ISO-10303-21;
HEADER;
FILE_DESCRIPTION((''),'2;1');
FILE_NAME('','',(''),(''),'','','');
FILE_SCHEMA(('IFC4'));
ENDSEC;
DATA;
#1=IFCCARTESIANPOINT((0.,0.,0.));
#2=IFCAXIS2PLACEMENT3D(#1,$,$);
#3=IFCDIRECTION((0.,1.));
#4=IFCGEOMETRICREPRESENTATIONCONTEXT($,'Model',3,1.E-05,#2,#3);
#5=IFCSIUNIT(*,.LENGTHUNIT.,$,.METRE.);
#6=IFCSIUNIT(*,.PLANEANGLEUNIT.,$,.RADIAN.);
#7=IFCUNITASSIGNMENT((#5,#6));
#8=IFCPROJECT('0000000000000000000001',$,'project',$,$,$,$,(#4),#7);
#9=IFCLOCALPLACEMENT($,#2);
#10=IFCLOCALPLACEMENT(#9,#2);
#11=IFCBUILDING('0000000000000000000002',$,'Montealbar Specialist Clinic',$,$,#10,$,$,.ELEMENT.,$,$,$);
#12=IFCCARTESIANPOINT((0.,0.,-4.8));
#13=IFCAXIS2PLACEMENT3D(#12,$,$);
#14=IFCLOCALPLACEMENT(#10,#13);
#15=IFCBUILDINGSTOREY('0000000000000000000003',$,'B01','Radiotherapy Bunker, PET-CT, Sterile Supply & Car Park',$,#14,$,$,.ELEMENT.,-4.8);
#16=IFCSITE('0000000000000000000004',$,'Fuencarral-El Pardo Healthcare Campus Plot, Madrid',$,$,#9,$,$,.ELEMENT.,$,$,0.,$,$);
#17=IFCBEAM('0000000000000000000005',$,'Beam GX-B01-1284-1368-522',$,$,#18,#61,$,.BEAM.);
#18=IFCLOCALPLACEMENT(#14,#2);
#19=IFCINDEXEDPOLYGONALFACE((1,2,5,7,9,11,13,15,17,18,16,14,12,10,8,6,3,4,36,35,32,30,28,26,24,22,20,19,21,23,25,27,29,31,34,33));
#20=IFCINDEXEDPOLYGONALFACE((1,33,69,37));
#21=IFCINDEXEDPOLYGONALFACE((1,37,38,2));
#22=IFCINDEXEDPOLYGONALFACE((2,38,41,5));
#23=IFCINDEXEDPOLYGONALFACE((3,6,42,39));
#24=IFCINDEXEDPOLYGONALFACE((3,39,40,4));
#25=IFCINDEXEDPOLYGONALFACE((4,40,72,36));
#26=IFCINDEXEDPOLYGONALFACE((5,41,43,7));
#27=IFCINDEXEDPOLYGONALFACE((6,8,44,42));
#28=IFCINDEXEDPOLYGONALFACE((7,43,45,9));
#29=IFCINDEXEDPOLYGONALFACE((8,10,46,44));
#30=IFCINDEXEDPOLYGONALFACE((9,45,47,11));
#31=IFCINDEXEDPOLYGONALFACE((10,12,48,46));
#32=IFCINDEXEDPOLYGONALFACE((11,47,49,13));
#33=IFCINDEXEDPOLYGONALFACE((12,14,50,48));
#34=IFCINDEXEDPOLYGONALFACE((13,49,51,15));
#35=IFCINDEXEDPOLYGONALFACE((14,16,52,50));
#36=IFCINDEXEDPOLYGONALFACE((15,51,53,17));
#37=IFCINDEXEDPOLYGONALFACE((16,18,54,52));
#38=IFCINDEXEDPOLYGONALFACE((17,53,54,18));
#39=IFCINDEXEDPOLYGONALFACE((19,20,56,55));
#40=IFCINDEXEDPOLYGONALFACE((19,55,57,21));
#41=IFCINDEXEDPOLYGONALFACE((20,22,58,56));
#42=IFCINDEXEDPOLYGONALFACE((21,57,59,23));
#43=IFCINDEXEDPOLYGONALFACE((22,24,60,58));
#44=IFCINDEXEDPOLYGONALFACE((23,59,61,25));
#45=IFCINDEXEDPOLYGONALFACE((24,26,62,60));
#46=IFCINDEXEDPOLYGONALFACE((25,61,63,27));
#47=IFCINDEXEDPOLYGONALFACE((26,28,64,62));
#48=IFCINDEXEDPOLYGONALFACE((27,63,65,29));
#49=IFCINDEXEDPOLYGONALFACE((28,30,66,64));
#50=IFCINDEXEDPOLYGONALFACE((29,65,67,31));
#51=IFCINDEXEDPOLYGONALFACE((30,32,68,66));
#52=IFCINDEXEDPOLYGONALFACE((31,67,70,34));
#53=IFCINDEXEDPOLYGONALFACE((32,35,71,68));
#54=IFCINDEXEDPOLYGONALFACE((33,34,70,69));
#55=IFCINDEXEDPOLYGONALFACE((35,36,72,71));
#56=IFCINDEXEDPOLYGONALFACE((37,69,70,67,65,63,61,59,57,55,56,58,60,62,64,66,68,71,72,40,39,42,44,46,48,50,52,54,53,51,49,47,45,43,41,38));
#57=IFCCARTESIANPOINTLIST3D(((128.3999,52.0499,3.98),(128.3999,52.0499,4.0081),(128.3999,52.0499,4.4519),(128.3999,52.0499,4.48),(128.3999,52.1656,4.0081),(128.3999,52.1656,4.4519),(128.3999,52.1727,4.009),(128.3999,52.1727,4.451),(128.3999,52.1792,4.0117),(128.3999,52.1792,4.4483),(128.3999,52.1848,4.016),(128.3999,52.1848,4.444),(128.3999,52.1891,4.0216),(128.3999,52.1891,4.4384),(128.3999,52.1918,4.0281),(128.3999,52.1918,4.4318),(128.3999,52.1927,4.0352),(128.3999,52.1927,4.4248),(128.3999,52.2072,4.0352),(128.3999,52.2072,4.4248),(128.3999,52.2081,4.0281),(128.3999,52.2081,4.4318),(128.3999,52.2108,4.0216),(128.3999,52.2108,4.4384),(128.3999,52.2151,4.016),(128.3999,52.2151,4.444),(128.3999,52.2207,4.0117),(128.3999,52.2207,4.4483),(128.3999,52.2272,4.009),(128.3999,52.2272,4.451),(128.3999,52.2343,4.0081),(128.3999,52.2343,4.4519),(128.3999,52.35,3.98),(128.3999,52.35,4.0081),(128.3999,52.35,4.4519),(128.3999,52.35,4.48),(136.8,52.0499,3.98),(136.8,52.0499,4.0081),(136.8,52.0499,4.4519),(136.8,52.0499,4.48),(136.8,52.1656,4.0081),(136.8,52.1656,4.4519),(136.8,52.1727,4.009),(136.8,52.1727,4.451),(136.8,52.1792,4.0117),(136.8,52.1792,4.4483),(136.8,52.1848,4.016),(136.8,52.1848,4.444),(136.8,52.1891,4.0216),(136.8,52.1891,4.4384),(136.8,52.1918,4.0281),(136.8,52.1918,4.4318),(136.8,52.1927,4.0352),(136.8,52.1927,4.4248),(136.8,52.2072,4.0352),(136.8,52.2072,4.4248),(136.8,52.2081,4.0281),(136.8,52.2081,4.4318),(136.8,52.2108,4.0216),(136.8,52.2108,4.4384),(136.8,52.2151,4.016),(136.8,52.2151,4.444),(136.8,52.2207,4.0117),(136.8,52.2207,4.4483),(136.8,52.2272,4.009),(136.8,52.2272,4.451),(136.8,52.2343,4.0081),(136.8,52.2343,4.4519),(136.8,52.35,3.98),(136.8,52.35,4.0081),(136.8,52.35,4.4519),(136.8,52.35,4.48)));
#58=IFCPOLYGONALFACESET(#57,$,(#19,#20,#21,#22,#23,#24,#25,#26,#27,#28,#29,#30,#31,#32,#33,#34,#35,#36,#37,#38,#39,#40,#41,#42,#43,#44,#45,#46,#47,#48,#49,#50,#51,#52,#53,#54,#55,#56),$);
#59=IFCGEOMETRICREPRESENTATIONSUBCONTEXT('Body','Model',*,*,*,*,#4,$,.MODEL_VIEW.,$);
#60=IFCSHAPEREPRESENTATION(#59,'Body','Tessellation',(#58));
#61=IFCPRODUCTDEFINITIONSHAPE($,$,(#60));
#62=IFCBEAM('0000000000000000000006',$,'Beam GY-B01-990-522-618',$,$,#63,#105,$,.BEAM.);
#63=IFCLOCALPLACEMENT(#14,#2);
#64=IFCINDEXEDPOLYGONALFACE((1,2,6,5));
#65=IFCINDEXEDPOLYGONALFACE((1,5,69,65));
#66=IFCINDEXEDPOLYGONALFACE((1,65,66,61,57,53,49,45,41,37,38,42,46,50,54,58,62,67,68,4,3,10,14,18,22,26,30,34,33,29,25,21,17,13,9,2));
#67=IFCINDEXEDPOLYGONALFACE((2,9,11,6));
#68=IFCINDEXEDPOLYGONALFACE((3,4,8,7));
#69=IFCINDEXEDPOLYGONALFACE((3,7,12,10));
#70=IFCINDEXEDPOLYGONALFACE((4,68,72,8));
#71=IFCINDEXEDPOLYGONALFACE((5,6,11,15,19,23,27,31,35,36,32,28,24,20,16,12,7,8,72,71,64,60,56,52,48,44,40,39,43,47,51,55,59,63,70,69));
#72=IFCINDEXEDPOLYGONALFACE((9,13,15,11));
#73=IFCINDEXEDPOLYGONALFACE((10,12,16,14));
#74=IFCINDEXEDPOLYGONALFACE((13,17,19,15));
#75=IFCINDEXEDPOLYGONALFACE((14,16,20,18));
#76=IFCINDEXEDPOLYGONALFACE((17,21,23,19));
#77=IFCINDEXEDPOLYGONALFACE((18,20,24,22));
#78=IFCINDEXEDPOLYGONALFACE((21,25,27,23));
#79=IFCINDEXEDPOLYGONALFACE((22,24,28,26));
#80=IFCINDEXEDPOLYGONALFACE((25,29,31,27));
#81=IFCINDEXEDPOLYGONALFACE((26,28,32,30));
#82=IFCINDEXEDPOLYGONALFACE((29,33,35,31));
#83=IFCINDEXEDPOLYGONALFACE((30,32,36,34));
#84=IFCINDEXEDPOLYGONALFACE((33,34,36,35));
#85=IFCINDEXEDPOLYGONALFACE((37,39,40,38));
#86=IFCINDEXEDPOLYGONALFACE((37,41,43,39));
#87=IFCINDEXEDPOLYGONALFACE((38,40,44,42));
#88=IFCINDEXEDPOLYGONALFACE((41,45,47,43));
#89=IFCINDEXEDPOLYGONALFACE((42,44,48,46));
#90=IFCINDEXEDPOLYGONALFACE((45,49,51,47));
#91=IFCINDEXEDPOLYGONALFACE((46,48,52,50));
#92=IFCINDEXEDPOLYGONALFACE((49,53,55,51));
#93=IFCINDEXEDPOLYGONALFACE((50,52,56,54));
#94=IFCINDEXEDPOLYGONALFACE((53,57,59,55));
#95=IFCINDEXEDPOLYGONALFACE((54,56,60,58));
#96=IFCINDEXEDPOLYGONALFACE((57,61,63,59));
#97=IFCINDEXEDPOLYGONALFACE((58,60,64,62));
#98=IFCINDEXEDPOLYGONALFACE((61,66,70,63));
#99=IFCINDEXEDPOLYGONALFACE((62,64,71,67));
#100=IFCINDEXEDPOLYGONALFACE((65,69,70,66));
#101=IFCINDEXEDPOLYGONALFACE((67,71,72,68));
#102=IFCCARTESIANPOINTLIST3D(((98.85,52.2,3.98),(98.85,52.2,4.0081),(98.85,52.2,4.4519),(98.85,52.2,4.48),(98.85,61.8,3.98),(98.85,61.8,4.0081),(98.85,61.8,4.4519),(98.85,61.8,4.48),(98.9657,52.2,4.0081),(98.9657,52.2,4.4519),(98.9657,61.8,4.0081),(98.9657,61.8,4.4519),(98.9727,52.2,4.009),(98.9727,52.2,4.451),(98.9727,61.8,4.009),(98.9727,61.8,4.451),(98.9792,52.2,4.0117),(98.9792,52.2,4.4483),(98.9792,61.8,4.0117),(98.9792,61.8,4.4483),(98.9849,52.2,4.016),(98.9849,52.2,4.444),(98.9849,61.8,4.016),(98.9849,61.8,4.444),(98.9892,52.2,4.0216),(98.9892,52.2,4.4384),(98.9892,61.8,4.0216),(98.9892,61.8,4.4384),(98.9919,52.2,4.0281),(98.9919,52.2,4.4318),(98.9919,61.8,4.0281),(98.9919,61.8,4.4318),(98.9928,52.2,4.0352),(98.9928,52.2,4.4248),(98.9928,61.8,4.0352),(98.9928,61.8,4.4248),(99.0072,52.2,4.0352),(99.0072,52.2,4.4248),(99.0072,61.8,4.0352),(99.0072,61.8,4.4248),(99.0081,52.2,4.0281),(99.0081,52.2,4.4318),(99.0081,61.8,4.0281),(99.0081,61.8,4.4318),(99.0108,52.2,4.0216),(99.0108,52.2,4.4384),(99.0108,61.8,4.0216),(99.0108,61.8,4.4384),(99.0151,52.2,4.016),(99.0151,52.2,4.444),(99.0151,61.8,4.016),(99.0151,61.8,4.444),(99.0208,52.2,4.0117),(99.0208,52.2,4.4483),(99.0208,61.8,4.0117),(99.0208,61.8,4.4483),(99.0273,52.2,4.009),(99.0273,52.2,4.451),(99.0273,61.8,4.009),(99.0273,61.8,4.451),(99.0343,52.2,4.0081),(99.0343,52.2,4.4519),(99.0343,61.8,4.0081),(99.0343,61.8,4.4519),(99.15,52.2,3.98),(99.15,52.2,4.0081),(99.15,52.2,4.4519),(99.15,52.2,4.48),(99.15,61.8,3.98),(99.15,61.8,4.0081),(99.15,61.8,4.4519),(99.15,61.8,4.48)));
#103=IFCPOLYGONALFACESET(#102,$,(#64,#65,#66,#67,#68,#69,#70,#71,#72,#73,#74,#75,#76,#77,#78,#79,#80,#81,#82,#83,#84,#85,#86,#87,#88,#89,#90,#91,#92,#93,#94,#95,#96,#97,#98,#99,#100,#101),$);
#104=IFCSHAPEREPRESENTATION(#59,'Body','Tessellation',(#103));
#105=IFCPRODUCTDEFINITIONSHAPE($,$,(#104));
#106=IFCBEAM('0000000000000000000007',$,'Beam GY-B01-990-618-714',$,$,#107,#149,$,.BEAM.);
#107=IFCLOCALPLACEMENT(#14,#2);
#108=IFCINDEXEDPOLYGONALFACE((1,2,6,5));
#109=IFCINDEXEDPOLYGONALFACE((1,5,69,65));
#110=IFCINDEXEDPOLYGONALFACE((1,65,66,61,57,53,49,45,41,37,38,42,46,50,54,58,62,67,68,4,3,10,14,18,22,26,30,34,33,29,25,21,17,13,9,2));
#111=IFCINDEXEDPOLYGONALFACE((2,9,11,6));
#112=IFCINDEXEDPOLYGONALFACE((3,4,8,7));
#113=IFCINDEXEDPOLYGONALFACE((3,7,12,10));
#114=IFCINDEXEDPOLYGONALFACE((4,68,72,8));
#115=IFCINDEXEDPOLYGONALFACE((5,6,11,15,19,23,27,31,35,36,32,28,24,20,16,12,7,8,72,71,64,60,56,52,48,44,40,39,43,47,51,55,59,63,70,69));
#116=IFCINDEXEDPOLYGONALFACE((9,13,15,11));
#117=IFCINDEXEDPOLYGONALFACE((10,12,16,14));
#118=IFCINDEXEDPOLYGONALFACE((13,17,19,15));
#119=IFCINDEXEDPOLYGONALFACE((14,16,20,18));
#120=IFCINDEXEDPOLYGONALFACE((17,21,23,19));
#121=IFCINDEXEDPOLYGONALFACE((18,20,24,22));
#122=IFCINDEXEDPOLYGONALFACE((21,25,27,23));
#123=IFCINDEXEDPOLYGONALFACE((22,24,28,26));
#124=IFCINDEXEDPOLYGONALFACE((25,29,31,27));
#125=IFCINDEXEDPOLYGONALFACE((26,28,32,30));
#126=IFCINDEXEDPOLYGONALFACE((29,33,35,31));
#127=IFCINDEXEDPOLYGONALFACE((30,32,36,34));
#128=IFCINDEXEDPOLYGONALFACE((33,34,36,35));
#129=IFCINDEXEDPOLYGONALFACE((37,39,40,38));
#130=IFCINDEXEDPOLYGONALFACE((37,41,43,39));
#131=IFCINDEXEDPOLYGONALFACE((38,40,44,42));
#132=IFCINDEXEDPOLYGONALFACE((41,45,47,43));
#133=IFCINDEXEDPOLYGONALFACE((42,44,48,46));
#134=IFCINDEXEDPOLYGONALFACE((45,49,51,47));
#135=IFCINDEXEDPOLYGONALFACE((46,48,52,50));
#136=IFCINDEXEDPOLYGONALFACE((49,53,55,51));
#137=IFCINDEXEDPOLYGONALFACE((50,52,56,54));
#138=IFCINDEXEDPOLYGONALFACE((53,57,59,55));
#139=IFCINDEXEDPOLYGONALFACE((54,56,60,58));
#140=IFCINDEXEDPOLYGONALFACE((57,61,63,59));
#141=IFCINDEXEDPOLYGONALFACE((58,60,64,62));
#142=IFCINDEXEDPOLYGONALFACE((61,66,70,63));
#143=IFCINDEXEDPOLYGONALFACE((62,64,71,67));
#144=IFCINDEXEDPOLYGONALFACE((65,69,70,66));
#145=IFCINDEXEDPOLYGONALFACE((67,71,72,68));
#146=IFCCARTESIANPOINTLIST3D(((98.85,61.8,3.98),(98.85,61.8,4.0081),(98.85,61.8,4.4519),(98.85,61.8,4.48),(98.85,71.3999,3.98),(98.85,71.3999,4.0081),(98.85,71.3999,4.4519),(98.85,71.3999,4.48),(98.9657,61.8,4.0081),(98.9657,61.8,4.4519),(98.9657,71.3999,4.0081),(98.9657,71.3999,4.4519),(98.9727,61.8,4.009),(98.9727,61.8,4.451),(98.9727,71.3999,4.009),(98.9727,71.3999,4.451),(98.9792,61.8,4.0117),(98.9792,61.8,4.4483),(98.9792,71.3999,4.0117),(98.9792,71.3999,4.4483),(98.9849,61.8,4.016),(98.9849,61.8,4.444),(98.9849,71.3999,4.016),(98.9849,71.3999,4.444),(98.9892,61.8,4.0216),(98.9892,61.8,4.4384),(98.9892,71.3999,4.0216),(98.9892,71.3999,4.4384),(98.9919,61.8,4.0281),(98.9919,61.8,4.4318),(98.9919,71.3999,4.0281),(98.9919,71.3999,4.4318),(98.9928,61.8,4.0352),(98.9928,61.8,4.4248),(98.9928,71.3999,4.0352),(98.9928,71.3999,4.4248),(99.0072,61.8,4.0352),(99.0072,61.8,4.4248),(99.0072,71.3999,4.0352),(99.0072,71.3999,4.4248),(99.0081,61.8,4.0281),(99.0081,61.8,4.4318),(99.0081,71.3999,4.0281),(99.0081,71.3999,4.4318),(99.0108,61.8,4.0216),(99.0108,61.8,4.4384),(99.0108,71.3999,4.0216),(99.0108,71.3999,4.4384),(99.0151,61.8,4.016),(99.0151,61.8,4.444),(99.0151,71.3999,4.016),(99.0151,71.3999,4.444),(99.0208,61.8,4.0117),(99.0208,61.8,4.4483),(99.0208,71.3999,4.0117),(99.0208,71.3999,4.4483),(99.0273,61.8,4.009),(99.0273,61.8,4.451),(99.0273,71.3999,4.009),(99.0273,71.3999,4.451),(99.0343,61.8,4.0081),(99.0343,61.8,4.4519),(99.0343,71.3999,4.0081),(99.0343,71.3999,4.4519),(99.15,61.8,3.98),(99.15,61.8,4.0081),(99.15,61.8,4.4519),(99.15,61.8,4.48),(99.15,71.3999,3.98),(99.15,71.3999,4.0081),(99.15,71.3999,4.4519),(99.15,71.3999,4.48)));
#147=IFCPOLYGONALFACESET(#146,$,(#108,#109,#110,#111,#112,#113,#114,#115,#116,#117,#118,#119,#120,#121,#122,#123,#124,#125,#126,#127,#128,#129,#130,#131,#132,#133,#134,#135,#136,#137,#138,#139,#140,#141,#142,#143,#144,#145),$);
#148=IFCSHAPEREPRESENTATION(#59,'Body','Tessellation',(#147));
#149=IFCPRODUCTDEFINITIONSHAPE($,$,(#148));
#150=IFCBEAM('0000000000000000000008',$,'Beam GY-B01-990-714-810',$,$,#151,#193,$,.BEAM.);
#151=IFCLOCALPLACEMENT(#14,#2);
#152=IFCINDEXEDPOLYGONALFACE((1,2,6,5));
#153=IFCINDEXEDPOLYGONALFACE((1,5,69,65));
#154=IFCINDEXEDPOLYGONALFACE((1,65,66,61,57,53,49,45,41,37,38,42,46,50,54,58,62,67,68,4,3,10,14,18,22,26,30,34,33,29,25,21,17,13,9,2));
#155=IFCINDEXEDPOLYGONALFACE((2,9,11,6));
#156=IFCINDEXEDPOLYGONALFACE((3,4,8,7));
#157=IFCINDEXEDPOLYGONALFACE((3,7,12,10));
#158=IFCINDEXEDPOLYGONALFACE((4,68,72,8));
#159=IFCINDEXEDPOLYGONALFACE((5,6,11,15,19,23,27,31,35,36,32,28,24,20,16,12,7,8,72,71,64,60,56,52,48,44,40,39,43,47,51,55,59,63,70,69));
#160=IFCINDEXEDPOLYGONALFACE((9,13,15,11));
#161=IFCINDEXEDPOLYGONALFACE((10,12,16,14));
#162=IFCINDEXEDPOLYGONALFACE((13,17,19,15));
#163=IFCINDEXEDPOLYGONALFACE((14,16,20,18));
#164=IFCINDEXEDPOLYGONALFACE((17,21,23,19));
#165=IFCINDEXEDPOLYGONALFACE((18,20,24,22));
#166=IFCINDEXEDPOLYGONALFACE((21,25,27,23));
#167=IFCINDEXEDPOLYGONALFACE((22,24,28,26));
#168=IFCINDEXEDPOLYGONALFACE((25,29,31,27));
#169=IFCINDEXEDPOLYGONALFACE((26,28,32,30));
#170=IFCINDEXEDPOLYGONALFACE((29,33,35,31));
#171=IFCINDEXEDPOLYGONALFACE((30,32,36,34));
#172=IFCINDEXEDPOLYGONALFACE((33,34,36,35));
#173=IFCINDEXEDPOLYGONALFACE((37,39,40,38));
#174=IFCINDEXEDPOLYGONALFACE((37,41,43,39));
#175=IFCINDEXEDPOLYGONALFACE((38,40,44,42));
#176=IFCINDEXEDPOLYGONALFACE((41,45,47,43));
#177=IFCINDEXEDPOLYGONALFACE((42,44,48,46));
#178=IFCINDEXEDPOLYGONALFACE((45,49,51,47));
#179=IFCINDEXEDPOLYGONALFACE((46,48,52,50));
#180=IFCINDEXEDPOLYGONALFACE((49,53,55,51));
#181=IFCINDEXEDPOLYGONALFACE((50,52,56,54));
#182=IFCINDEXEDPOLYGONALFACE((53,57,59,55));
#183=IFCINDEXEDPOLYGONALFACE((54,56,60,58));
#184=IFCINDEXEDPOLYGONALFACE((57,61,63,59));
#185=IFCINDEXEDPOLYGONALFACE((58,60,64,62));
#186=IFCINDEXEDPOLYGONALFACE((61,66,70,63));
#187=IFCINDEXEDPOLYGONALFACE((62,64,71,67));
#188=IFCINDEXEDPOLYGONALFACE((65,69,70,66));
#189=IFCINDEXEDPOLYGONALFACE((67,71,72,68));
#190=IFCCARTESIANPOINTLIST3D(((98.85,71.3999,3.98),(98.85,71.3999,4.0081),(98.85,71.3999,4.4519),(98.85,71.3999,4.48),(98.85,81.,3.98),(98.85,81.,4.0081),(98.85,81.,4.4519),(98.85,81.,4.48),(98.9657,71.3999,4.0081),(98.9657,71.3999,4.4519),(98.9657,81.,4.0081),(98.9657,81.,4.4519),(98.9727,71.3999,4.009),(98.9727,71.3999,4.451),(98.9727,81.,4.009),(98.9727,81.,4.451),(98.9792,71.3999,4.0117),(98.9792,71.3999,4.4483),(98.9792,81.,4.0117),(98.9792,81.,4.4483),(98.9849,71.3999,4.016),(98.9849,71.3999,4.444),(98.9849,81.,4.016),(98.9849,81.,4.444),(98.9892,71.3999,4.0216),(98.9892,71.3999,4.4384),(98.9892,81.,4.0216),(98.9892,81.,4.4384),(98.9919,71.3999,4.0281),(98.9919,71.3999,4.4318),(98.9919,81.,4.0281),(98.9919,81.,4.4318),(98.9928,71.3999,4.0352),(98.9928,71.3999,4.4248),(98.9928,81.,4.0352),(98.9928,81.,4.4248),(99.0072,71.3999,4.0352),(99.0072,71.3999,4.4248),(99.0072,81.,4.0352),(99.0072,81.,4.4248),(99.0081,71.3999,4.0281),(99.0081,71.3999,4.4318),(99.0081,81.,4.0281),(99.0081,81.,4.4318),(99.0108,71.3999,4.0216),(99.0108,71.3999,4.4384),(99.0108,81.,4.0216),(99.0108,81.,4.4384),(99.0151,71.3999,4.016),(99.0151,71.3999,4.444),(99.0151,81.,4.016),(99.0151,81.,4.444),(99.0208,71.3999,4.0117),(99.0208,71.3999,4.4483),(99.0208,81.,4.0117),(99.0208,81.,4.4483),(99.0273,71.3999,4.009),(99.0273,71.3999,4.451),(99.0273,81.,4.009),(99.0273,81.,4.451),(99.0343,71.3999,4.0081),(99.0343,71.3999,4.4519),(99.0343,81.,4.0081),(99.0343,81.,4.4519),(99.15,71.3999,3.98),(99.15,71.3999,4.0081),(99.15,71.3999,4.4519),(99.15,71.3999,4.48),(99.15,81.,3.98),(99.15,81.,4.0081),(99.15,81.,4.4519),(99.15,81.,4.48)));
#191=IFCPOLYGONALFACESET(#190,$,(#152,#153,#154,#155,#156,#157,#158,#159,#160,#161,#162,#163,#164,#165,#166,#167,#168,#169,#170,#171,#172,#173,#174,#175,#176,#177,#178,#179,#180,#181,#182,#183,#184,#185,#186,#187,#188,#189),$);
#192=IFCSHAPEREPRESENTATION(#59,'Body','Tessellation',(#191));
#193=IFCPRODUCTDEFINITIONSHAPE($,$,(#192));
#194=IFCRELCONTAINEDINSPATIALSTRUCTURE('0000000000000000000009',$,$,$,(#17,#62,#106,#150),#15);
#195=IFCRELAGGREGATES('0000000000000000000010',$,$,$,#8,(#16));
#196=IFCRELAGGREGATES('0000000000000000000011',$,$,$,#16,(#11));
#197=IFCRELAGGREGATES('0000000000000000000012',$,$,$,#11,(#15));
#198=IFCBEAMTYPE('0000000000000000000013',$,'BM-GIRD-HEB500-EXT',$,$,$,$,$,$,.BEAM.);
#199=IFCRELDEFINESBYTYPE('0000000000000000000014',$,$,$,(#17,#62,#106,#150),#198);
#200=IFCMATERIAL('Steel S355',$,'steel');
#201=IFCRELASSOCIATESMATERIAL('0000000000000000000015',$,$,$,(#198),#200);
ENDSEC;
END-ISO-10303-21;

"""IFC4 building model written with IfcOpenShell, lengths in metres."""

from ifc_helpers import new_model, si_unit, direction, frame, origin, origin_2d, place, context, subcontext, project, spatial, i_section, extrude, material, material_profile, profile_set, type_object, element, save


model = new_model("IFC4")

# Units and contexts
model_context = context("Model", 3, precision=1e-05, world=origin(), true_north=direction((0.0, 1.0)))
body_context = subcontext(model_context, "Body", "Model", "MODEL_VIEW")
ifc_project = project(units=[si_unit("LENGTHUNIT", "METRE"), si_unit("PLANEANGLEUNIT", "RADIAN")], contexts=[model_context])

# Site, building, storey
site_placement = place(None, origin())
site = spatial("IfcSite", under=ifc_project, at=site_placement, Name="Fuencarral-El Pardo Healthcare Campus Plot, Madrid", CompositionType="ELEMENT", RefElevation=0.0)
building_placement = place(site_placement, origin())
building = spatial("IfcBuilding", under=site, at=building_placement, Name="Montealbar Specialist Clinic", CompositionType="ELEMENT")
storey_placement = place(building_placement, frame((0.0, 0.0, -4.8)))
storey = spatial("IfcBuildingStorey", under=building, at=storey_placement, Name="B01", Description="Radiotherapy Bunker, PET-CT, Sterile Supply & Car Park", CompositionType="ELEMENT", Elevation=-4.8)

# Shared definitions
ifc_material_1 = material(Name="Steel S355", Category="steel")

# Beams
ifc_material_profile_1 = material_profile(ifc_material_1, i_section(OverallWidth=0.3, OverallDepth=0.5, WebThickness=0.0144, FlangeThickness=0.0281, FilletRadius=0.0271, at=origin_2d()), Name="HEB 500", Category="steel")
ifc_profile_set_1 = profile_set([ifc_material_profile_1], Name="Steel S355")
beam_type_1 = type_object("IfcBeamType", Name="BM-GIRD-HEB500-EXT", PredefinedType="BEAM", material=ifc_profile_set_1)
beam_1_placement = place(storey_placement, frame((128.3999, 52.2, 4.23), z_axis=(1.0, 0.0, 0.0), x_axis=(0.0, 1.0, 0.0)))
element("IfcBeam", 1, at=beam_1_placement, inside=storey, type_object=beam_type_1, Name="Beam GX-B01-1284-1368-522", PredefinedType="BEAM", context=body_context, shape_type="SweptSolid", body=[
    extrude(i_section(OverallWidth=0.3, OverallDepth=0.5, WebThickness=0.0144, FlangeThickness=0.0281, FilletRadius=0.0271, at=origin_2d()), origin(), (0.0, 0.0, 1.0), 8.4001),
])
beam_2_placement = place(storey_placement, frame((99.0, 52.2, 4.23), z_axis=(0.0, 1.0, 0.0), x_axis=(-1.0, 0.0, 0.0)))
element("IfcBeam", 2, at=beam_2_placement, inside=storey, type_object=beam_type_1, Name="Beam GY-B01-990-522-618", PredefinedType="BEAM", context=body_context, shape_type="SweptSolid", body=[
    extrude(i_section(OverallWidth=0.3, OverallDepth=0.5, WebThickness=0.0144, FlangeThickness=0.0281, FilletRadius=0.0271, at=origin_2d()), origin(), (0.0, 0.0, 1.0), 9.6001),
])
beam_3_placement = place(storey_placement, frame((99.0, 61.8, 4.23), z_axis=(0.0, 1.0, 0.0), x_axis=(-1.0, 0.0, 0.0)))
element("IfcBeam", 3, at=beam_3_placement, inside=storey, type_object=beam_type_1, Name="Beam GY-B01-990-618-714", PredefinedType="BEAM", context=body_context, shape_type="SweptSolid", body=[
    extrude(i_section(OverallWidth=0.3, OverallDepth=0.5, WebThickness=0.0144, FlangeThickness=0.0281, FilletRadius=0.0271, at=origin_2d()), origin(), (0.0, 0.0, 1.0), 9.5999),
])
beam_4_placement = place(storey_placement, frame((99.0, 71.3999, 4.23), z_axis=(0.0, 1.0, 0.0), x_axis=(-1.0, 0.0, 0.0)))
element("IfcBeam", 4, at=beam_4_placement, inside=storey, type_object=beam_type_1, Name="Beam GY-B01-990-714-810", PredefinedType="BEAM", context=body_context, shape_type="SweptSolid", body=[
    extrude(i_section(OverallWidth=0.3, OverallDepth=0.5, WebThickness=0.0144, FlangeThickness=0.0281, FilletRadius=0.0271, at=origin_2d()), origin(), (0.0, 0.0, 1.0), 9.6001),
])

save(model, "model.ifc")
